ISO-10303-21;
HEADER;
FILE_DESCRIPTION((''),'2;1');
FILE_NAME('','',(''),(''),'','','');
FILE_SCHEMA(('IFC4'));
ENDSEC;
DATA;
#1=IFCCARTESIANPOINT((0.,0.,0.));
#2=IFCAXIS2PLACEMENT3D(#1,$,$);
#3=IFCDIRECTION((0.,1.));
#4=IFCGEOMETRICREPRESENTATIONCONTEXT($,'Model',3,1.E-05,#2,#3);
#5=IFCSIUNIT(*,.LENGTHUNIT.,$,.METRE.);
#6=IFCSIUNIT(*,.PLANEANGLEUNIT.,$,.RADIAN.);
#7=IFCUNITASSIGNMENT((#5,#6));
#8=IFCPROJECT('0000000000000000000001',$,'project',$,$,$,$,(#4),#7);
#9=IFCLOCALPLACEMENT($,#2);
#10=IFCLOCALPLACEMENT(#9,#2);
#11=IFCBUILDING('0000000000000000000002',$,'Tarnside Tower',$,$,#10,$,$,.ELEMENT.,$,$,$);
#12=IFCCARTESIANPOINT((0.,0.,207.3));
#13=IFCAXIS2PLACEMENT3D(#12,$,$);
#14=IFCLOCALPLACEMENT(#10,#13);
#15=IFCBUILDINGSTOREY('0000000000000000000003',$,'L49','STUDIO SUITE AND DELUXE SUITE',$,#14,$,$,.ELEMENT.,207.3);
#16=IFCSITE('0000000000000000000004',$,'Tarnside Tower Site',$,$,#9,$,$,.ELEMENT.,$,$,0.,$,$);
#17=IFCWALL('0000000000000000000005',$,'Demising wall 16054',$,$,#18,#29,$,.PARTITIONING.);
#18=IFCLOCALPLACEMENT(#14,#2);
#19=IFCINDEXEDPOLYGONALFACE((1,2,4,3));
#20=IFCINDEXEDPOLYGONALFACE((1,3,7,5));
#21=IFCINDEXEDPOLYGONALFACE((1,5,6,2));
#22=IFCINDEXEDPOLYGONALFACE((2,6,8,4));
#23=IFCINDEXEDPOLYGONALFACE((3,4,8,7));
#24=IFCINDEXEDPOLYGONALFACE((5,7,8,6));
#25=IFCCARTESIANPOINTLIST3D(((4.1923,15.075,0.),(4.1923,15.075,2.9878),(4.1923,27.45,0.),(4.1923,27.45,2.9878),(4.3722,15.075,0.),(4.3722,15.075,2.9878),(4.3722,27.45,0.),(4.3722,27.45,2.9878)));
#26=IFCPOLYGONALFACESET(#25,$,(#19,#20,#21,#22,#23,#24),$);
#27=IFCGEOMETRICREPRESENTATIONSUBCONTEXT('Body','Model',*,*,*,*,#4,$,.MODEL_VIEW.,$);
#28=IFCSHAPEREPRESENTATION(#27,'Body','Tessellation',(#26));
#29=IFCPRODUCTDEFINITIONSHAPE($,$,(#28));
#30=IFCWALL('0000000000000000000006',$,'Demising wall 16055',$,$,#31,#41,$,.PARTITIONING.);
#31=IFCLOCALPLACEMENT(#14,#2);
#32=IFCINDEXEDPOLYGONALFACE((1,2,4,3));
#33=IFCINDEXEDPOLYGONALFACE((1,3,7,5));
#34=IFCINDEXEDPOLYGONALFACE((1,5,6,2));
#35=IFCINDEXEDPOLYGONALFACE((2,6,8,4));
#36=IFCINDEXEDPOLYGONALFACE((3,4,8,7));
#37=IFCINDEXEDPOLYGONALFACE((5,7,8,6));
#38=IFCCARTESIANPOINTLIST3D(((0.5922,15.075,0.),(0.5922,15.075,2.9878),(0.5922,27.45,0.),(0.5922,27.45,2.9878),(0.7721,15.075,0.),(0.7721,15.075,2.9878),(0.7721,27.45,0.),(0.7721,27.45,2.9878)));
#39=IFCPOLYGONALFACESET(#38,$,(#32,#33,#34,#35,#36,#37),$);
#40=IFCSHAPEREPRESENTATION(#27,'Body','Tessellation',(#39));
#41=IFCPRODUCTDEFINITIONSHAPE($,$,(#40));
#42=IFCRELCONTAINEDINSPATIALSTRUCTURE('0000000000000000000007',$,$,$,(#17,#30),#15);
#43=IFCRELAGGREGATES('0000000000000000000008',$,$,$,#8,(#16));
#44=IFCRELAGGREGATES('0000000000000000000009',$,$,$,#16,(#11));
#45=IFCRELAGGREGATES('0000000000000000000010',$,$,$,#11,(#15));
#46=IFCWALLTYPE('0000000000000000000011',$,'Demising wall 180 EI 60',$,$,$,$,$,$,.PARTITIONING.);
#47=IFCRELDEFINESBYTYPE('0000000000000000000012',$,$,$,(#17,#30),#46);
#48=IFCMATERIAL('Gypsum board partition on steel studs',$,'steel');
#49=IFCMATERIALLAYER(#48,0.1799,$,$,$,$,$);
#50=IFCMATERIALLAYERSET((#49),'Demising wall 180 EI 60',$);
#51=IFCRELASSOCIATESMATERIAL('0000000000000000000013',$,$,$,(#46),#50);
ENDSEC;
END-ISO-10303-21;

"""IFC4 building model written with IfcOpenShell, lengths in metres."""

from ifc_helpers import new_model, si_unit, direction, frame, frame_2d, origin, place, context, subcontext, project, spatial, rectangle, extrude, material, layer, layer_set, type_object, element, save


model = new_model("IFC4")

# Units and contexts
model_context = context("Model", 3, precision=1e-05, world=origin(), true_north=direction((0.0, 1.0)))
body_context = subcontext(model_context, "Body", "Model", "MODEL_VIEW")
ifc_project = project(units=[si_unit("LENGTHUNIT", "METRE"), si_unit("PLANEANGLEUNIT", "RADIAN")], contexts=[model_context])

# Site, building, storey
site_placement = place(None, origin())
site = spatial("IfcSite", under=ifc_project, at=site_placement, Name="Tarnside Tower Site", CompositionType="ELEMENT", RefElevation=0.0)
building_placement = place(site_placement, origin())
building = spatial("IfcBuilding", under=site, at=building_placement, Name="Tarnside Tower", CompositionType="ELEMENT")
storey_placement = place(building_placement, frame((0.0, 0.0, 207.3)))
storey = spatial("IfcBuildingStorey", under=building, at=storey_placement, Name="L49", Description="STUDIO SUITE AND DELUXE SUITE", CompositionType="ELEMENT", Elevation=207.3)

# Walls
ifc_material_1 = material(Name="Gypsum board partition on steel studs", Category="steel")
ifc_layer_1 = layer(ifc_material_1, 0.1799)
ifc_layer_set_1 = layer_set([ifc_layer_1], Name="Demising wall 180 EI 60")
wall_type_1 = type_object("IfcWallType", Name="Demising wall 180 EI 60", PredefinedType="PARTITIONING", material=ifc_layer_set_1)
for number, where, z_axis, x_axis, name in (
    (1, (4.2822, 27.45, 0.0), (0.0, 0.0, 1.0), (0.0, -1.0, 0.0), "Demising wall 16054"),
    (2, (0.6821, 27.45, 0.0), (0.0, 0.0, 1.0), (0.0, -1.0, 0.0), "Demising wall 16055"),
):
    element("IfcWall", number, at=place(storey_placement, frame(where, z_axis=z_axis, x_axis=x_axis)), inside=storey, type_object=wall_type_1, Name=name, PredefinedType="PARTITIONING", context=body_context, shape_type="SweptSolid", body=[
        extrude(rectangle(XDim=12.375, YDim=0.1799, at=frame_2d((6.1875, 0.0))), origin(), (0.0, 0.0, 1.0), 2.9878),
    ])

save(model, "model.ifc")
